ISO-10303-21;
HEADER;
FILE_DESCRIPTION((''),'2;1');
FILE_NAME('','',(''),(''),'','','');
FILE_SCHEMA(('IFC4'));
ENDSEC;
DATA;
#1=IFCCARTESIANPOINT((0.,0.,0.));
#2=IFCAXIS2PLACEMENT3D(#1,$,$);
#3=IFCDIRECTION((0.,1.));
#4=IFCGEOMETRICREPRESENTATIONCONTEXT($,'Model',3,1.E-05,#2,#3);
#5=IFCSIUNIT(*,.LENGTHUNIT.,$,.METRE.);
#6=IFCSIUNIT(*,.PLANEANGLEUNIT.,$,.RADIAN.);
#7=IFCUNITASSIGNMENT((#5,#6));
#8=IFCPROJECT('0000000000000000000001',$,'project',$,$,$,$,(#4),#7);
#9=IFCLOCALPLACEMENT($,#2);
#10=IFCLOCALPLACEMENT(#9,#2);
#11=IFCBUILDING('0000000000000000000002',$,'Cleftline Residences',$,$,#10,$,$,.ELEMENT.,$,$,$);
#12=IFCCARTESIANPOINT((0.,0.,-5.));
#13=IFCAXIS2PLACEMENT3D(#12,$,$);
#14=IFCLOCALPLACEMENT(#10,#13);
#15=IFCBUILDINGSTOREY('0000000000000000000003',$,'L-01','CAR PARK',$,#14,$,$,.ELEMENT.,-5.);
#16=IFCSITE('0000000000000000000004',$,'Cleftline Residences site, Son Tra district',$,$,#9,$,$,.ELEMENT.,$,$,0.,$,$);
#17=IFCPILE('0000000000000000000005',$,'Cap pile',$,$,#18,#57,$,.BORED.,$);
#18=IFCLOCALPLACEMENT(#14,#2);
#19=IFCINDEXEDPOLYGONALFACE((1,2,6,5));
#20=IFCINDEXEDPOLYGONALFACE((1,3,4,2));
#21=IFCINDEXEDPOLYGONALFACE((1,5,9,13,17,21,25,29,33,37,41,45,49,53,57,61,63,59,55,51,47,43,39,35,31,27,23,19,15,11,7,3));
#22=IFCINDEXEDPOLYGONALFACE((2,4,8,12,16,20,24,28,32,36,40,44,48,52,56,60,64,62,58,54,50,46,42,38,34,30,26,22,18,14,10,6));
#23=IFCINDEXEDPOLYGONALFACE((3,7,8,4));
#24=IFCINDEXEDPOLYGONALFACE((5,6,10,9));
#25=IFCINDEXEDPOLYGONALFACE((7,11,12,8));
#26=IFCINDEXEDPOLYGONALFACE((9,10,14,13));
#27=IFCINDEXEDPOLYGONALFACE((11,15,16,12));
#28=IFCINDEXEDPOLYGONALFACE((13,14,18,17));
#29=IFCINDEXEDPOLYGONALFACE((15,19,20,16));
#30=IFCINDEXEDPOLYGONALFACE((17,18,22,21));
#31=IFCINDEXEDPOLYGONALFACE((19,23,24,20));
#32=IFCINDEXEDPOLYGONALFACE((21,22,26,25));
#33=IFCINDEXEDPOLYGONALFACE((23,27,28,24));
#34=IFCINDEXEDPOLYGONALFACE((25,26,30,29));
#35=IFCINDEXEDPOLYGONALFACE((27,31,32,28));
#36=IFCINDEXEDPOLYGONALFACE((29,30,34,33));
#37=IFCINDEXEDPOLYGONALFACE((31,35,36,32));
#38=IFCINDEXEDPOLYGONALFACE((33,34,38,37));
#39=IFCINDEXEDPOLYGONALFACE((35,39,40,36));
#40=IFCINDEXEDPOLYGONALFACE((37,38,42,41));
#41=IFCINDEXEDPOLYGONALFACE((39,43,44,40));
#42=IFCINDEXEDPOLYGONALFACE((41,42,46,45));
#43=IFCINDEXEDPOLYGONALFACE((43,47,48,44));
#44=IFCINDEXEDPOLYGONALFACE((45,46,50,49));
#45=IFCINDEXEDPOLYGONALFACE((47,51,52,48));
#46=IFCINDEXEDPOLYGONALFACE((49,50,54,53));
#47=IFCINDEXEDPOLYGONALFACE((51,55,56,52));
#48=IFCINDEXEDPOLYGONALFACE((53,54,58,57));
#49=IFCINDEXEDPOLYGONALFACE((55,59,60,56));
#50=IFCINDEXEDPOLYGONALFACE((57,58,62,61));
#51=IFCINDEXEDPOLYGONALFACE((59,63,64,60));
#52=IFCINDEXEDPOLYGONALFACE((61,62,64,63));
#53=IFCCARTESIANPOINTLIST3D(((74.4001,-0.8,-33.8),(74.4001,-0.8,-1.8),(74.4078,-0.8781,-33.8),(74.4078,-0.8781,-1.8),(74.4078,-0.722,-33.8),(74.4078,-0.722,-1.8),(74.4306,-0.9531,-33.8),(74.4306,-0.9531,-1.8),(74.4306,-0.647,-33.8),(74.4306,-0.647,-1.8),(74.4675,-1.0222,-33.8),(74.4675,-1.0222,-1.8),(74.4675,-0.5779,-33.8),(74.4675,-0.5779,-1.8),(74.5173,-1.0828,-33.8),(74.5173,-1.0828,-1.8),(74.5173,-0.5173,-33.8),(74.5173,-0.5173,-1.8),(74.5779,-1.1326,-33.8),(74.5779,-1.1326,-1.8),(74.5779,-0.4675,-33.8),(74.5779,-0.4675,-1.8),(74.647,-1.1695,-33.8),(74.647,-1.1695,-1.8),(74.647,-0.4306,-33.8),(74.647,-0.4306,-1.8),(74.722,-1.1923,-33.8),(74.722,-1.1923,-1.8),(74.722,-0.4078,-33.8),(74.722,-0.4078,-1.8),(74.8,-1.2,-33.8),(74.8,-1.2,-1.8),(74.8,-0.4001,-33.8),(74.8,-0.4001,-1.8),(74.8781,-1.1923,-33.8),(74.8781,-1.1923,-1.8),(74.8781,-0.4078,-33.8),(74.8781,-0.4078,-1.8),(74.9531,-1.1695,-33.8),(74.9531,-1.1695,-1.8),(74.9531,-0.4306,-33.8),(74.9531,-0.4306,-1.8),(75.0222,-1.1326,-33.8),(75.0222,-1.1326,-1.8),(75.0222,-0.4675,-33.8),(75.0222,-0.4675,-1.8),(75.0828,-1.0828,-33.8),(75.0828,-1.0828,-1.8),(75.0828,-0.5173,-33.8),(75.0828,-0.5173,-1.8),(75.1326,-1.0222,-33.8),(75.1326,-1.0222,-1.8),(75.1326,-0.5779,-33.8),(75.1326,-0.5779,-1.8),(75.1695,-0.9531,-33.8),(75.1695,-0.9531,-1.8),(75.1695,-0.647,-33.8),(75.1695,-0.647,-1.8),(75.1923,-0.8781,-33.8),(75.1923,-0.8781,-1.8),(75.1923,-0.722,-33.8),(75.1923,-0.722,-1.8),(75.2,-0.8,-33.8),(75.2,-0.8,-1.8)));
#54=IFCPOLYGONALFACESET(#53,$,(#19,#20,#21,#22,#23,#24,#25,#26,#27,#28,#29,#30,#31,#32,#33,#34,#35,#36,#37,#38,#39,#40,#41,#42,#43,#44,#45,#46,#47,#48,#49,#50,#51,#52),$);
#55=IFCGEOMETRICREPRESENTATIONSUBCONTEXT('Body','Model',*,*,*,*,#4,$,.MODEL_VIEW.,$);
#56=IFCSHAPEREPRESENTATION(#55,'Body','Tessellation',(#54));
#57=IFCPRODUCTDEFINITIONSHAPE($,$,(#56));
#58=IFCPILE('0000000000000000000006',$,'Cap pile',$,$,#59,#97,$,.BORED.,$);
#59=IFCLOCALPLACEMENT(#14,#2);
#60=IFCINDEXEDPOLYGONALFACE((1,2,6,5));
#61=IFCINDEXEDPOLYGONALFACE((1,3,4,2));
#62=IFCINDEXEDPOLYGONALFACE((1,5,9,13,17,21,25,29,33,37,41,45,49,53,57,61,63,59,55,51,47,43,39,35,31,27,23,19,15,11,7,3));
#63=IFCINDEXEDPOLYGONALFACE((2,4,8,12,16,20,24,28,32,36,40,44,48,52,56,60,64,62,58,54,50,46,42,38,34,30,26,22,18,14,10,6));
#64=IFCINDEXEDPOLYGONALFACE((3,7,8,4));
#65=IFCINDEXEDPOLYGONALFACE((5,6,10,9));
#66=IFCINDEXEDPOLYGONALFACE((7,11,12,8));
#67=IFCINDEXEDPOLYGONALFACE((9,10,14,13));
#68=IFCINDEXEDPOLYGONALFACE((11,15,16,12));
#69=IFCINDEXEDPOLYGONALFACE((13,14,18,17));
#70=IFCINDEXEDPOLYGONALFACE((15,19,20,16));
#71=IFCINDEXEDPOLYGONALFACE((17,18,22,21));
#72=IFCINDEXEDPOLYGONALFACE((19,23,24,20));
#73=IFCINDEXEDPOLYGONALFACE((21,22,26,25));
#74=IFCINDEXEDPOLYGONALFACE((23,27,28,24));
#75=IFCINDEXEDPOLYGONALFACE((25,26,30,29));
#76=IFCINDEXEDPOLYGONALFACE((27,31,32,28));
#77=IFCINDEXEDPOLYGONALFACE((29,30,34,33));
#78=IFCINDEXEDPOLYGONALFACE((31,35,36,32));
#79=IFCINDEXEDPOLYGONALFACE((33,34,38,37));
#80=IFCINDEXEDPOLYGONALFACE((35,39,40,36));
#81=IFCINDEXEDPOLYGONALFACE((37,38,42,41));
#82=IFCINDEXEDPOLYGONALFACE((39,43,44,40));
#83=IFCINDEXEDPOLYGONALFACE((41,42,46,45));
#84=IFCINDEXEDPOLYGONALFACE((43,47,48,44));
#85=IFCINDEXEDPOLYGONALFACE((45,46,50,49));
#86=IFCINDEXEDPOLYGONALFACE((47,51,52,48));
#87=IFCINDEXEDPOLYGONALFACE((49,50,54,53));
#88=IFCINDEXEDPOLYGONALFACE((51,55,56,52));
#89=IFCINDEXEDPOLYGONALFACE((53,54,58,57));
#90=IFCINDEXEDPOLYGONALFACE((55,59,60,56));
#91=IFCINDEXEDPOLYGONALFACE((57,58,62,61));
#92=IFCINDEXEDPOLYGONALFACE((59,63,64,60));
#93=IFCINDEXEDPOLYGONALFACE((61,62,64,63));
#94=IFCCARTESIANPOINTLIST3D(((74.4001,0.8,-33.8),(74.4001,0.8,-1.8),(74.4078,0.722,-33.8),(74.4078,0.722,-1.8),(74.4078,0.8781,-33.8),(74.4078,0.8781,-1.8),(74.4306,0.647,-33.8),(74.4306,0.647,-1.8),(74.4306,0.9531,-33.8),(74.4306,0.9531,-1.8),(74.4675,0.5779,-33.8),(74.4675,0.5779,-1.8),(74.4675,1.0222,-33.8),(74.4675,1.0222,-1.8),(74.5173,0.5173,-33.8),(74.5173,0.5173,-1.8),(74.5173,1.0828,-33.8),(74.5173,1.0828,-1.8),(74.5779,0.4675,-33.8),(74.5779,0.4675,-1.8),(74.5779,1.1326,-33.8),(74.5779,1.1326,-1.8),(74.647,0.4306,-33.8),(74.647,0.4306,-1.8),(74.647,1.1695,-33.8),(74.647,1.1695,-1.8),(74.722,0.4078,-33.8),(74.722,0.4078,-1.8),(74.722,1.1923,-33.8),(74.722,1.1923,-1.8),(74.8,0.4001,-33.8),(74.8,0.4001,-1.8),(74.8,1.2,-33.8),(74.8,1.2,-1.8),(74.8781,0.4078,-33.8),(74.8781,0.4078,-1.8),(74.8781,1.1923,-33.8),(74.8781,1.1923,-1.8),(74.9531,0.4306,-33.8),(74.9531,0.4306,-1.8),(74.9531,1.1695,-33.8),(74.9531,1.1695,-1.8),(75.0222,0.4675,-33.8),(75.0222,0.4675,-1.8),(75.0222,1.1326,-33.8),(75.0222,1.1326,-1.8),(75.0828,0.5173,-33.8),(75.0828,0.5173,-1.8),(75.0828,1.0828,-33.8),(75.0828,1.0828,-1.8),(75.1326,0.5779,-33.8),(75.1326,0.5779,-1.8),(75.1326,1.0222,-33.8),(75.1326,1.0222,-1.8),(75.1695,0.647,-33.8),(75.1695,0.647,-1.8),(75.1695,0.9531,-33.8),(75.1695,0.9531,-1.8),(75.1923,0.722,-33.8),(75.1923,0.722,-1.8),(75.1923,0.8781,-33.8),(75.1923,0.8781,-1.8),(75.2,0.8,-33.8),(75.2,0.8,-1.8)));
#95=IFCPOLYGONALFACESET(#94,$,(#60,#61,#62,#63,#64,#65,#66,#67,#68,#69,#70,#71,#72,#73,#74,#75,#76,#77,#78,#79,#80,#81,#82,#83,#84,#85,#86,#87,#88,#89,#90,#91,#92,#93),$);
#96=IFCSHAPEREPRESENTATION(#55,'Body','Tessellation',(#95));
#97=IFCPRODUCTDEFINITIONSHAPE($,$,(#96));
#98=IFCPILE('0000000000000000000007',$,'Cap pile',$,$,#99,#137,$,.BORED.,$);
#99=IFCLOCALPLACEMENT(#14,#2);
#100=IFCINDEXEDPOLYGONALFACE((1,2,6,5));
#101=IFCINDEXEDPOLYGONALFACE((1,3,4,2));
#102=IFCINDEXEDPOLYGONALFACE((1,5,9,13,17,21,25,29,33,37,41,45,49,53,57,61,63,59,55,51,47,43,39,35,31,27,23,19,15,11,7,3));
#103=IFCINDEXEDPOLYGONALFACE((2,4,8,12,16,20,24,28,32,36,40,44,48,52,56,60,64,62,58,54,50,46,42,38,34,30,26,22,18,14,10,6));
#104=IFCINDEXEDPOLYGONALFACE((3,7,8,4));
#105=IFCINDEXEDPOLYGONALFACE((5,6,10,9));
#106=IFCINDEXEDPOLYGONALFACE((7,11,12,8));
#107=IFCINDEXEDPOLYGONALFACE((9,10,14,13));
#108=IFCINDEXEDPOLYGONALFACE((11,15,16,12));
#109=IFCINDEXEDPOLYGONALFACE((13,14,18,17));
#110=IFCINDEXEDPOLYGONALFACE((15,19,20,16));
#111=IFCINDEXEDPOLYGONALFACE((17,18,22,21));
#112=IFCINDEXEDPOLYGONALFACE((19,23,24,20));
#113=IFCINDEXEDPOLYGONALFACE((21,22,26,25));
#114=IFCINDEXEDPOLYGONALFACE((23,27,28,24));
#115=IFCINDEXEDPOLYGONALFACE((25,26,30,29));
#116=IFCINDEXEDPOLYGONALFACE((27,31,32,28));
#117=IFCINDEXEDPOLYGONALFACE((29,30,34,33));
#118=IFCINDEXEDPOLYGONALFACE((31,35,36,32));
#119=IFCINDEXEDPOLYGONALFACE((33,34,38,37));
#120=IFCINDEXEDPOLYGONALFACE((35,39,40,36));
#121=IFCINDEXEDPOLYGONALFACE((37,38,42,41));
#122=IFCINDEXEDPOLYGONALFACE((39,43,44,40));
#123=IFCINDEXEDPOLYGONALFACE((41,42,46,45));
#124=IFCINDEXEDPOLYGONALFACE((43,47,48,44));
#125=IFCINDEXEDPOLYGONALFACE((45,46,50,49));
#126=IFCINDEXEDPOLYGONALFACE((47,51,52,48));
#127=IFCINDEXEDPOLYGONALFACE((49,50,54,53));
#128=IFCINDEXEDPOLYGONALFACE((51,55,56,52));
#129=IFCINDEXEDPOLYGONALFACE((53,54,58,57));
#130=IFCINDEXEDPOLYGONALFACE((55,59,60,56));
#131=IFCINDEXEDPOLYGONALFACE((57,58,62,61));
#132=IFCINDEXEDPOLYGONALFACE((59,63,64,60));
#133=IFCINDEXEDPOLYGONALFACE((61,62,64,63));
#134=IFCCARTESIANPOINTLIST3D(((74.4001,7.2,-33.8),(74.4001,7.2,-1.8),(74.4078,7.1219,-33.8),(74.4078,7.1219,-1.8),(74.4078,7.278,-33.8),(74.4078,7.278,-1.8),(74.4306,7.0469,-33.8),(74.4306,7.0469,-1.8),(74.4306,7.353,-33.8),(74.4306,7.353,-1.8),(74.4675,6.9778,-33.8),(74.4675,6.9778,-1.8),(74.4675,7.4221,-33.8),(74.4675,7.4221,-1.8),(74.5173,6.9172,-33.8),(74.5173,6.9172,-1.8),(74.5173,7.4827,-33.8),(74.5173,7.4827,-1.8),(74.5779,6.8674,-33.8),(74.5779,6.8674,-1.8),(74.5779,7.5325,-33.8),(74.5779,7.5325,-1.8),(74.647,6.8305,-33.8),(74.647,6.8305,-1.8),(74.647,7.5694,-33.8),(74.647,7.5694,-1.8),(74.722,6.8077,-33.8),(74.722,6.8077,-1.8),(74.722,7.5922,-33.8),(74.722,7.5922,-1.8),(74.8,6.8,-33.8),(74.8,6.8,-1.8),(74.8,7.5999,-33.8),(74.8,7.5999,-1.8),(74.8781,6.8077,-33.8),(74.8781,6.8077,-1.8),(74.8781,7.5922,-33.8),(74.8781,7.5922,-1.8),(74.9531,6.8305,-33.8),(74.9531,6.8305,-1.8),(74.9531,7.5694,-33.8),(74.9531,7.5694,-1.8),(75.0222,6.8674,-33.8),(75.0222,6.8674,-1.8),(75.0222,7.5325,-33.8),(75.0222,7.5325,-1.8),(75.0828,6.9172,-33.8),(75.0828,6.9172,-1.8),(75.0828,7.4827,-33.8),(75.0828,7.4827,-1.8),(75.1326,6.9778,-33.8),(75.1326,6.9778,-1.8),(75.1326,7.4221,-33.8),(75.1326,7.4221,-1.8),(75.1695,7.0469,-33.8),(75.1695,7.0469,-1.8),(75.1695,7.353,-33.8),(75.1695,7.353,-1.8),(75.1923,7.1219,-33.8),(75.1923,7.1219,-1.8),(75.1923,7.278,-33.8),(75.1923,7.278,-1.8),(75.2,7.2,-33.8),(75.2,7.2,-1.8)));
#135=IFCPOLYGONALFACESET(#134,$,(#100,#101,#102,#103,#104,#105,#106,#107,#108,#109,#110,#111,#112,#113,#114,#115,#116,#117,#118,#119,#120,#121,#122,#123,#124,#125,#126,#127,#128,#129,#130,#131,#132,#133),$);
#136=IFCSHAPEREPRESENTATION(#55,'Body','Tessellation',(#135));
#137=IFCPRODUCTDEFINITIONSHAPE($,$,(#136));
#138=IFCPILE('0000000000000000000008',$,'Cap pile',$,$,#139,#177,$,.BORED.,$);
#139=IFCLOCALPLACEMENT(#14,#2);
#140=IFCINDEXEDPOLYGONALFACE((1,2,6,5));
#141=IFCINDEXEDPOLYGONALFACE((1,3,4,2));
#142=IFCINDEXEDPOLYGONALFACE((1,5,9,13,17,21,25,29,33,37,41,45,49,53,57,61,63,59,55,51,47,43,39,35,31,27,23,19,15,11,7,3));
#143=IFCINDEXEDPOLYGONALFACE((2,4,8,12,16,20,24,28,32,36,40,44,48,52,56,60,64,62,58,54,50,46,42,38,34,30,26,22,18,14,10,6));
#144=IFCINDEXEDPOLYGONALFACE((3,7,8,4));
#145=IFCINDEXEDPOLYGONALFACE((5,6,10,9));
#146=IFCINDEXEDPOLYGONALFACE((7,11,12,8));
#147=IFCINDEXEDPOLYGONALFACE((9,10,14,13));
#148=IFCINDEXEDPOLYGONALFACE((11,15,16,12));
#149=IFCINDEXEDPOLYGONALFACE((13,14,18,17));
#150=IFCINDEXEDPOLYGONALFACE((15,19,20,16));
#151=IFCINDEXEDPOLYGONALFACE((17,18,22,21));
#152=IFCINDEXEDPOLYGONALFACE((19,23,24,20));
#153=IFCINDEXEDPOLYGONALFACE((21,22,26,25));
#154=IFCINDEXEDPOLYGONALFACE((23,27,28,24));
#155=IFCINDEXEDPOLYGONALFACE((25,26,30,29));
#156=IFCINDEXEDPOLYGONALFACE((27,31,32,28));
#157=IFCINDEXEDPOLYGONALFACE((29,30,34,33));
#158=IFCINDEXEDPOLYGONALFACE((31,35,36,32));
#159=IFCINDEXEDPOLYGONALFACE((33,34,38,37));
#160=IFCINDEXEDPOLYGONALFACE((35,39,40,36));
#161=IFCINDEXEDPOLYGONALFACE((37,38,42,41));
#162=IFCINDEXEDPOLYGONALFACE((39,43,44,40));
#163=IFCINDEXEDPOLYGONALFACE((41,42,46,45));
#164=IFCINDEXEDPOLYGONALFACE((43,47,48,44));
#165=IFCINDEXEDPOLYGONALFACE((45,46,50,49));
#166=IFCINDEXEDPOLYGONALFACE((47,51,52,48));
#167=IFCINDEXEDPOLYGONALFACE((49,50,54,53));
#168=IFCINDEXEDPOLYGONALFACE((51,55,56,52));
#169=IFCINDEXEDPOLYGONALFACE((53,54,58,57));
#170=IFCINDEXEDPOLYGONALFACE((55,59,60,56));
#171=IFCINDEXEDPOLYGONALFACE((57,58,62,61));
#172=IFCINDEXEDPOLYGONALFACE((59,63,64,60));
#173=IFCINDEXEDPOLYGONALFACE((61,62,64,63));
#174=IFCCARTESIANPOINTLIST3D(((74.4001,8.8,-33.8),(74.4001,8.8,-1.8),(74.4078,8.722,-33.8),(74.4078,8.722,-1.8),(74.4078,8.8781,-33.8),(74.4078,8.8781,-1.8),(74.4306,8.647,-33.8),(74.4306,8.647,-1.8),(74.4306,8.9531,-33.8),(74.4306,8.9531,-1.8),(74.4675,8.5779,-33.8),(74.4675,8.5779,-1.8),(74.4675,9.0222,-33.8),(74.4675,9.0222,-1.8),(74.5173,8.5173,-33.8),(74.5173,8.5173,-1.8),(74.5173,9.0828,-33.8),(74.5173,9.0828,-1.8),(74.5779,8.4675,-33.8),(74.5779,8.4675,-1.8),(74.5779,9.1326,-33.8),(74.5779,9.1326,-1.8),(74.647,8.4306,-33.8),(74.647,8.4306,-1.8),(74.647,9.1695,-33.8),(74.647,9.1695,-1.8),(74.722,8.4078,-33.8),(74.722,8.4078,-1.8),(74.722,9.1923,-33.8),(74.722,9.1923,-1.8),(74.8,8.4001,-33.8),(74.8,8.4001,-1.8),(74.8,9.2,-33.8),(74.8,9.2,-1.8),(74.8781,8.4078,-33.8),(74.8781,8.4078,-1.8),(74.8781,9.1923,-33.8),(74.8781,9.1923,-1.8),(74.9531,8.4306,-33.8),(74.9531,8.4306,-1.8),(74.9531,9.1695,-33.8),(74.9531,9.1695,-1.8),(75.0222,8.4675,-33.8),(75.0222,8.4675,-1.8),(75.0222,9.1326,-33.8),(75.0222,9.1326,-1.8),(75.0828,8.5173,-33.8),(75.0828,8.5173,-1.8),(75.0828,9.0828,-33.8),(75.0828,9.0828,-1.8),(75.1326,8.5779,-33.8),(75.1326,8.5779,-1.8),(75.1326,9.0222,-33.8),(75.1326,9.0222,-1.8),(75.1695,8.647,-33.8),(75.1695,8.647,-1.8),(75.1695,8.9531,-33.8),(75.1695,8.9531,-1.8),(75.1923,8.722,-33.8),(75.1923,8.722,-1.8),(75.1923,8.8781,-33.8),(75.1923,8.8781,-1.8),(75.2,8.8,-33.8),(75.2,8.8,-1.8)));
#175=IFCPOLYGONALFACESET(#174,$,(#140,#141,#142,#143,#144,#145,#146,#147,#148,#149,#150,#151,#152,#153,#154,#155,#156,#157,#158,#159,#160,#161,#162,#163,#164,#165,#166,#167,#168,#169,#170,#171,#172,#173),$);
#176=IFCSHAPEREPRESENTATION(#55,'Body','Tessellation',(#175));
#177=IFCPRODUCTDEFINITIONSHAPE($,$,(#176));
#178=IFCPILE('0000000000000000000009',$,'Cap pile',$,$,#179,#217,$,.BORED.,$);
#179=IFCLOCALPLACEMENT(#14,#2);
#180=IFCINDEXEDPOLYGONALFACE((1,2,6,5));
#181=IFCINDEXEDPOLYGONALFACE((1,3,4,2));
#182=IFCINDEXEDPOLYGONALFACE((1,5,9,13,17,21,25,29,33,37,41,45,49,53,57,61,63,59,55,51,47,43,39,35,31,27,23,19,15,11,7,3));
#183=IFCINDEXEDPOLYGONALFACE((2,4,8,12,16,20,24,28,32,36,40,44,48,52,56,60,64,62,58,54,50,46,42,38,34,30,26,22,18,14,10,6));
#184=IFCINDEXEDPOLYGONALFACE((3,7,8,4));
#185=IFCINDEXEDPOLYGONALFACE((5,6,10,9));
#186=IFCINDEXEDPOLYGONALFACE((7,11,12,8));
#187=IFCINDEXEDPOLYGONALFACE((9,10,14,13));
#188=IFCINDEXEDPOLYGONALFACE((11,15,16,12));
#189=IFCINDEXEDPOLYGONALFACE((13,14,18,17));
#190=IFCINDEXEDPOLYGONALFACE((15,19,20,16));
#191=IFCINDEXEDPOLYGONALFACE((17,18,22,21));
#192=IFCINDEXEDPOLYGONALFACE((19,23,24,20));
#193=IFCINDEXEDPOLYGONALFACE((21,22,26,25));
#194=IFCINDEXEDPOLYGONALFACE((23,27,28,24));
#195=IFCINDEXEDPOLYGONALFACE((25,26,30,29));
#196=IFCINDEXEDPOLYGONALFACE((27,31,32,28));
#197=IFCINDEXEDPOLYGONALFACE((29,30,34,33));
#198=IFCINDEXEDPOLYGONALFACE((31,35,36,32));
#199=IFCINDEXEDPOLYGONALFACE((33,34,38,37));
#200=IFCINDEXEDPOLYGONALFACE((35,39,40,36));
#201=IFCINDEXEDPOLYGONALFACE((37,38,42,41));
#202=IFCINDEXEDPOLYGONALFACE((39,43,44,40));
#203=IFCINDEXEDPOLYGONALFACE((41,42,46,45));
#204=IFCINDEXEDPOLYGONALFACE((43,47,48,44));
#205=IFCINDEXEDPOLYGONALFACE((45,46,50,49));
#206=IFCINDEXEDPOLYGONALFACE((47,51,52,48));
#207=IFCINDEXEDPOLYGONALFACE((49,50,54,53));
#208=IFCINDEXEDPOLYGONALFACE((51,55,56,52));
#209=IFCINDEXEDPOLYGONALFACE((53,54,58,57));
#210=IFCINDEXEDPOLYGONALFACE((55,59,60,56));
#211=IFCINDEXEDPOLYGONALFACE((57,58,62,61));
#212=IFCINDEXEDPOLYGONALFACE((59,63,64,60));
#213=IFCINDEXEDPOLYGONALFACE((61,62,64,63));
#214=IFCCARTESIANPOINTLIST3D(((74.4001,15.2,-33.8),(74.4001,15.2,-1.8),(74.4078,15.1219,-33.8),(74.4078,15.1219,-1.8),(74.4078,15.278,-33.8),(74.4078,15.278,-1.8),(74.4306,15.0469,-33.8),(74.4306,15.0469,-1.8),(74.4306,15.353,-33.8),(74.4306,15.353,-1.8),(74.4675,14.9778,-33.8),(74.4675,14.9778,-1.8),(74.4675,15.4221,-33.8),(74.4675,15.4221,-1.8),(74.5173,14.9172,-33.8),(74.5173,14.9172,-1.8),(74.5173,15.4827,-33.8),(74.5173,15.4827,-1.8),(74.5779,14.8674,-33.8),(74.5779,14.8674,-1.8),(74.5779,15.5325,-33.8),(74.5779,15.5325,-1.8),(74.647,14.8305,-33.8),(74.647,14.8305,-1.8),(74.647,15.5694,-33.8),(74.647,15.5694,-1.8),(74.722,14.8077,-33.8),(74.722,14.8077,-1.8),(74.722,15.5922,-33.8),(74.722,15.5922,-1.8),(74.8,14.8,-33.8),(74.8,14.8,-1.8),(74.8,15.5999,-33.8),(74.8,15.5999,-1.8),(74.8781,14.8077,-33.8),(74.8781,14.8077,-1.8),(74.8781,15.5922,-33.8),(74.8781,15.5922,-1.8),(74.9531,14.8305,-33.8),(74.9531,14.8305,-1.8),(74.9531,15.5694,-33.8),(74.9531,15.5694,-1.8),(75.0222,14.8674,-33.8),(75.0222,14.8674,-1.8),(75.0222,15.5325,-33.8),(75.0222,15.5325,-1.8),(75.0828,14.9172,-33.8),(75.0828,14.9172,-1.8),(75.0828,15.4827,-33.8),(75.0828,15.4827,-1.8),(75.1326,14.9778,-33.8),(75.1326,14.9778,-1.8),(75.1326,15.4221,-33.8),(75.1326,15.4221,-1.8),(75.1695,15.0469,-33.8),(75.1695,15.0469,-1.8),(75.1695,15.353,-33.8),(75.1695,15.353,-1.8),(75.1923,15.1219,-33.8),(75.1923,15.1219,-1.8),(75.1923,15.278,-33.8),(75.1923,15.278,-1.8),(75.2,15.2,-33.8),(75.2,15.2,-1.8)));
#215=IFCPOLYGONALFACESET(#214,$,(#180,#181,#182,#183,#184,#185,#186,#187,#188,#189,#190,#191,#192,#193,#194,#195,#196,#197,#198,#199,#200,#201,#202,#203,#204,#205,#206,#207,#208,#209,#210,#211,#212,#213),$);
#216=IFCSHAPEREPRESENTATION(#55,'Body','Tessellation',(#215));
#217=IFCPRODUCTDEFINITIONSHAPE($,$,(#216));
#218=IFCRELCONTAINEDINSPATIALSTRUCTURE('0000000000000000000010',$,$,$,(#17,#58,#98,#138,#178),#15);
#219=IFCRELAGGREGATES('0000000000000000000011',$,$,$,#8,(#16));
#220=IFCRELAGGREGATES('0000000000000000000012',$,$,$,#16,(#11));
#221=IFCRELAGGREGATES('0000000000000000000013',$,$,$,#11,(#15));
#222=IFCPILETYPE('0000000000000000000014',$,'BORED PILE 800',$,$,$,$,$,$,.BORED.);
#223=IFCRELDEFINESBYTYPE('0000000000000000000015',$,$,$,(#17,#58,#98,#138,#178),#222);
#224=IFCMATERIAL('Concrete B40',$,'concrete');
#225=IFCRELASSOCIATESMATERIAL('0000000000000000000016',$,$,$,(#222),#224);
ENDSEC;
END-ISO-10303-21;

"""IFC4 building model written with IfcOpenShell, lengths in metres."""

from ifc_helpers import new_model, si_unit, direction, frame, origin, origin_2d, place, context, subcontext, project, spatial, circle, extrude, material, material_profile, profile_set, type_object, element, save


model = new_model("IFC4")

# Units and contexts
model_context = context("Model", 3, precision=1e-05, world=origin(), true_north=direction((0.0, 1.0)))
body_context = subcontext(model_context, "Body", "Model", "MODEL_VIEW")
ifc_project = project(units=[si_unit("LENGTHUNIT", "METRE"), si_unit("PLANEANGLEUNIT", "RADIAN")], contexts=[model_context])

# Site, building, storey
site_placement = place(None, origin())
site = spatial("IfcSite", under=ifc_project, at=site_placement, Name="Cleftline Residences site, Son Tra district", CompositionType="ELEMENT", RefElevation=0.0)
building_placement = place(site_placement, origin())
building = spatial("IfcBuilding", under=site, at=building_placement, Name="Cleftline Residences", CompositionType="ELEMENT")
storey_placement = place(building_placement, frame((0.0, 0.0, -5.0)))
storey = spatial("IfcBuildingStorey", under=building, at=storey_placement, Name="L-01", Description="CAR PARK", CompositionType="ELEMENT", Elevation=-5.0)

# Piles
ifc_material_1 = material(Name="Concrete B40", Category="concrete")
ifc_material_profile_1 = material_profile(ifc_material_1, circle(Radius=0.3999, at=origin_2d()))
ifc_profile_set_1 = profile_set([ifc_material_profile_1], Name="Concrete B40")
pile_type = type_object("IfcPileType", Name="BORED PILE 800", PredefinedType="BORED", material=ifc_profile_set_1)
for number, where, z_axis, x_axis, name in (
    (1, (74.8, -0.8, -1.8), (0.0, 0.0, -1.0), (1.0, 0.0, 0.0), "Cap pile"),
    (2, (74.8, 0.8, -1.8), (0.0, 0.0, -1.0), (1.0, 0.0, 0.0), "Cap pile"),
    (3, (74.8, 7.2, -1.8), (0.0, 0.0, -1.0), (1.0, 0.0, 0.0), "Cap pile"),
    (4, (74.8, 8.8, -1.8), (0.0, 0.0, -1.0), (1.0, 0.0, 0.0), "Cap pile"),
    (5, (74.8, 15.2, -1.8), (0.0, 0.0, -1.0), (1.0, 0.0, 0.0), "Cap pile"),
):
    element("IfcPile", number, at=place(storey_placement, frame(where, z_axis=z_axis, x_axis=x_axis)), inside=storey, type_object=pile_type, Name=name, PredefinedType="BORED", context=body_context, shape_type="SweptSolid", body=[
        extrude(circle(Radius=0.3999, at=origin_2d()), origin(), (0.0, 0.0, 1.0), 32.0),
    ])

save(model, "model.ifc")
